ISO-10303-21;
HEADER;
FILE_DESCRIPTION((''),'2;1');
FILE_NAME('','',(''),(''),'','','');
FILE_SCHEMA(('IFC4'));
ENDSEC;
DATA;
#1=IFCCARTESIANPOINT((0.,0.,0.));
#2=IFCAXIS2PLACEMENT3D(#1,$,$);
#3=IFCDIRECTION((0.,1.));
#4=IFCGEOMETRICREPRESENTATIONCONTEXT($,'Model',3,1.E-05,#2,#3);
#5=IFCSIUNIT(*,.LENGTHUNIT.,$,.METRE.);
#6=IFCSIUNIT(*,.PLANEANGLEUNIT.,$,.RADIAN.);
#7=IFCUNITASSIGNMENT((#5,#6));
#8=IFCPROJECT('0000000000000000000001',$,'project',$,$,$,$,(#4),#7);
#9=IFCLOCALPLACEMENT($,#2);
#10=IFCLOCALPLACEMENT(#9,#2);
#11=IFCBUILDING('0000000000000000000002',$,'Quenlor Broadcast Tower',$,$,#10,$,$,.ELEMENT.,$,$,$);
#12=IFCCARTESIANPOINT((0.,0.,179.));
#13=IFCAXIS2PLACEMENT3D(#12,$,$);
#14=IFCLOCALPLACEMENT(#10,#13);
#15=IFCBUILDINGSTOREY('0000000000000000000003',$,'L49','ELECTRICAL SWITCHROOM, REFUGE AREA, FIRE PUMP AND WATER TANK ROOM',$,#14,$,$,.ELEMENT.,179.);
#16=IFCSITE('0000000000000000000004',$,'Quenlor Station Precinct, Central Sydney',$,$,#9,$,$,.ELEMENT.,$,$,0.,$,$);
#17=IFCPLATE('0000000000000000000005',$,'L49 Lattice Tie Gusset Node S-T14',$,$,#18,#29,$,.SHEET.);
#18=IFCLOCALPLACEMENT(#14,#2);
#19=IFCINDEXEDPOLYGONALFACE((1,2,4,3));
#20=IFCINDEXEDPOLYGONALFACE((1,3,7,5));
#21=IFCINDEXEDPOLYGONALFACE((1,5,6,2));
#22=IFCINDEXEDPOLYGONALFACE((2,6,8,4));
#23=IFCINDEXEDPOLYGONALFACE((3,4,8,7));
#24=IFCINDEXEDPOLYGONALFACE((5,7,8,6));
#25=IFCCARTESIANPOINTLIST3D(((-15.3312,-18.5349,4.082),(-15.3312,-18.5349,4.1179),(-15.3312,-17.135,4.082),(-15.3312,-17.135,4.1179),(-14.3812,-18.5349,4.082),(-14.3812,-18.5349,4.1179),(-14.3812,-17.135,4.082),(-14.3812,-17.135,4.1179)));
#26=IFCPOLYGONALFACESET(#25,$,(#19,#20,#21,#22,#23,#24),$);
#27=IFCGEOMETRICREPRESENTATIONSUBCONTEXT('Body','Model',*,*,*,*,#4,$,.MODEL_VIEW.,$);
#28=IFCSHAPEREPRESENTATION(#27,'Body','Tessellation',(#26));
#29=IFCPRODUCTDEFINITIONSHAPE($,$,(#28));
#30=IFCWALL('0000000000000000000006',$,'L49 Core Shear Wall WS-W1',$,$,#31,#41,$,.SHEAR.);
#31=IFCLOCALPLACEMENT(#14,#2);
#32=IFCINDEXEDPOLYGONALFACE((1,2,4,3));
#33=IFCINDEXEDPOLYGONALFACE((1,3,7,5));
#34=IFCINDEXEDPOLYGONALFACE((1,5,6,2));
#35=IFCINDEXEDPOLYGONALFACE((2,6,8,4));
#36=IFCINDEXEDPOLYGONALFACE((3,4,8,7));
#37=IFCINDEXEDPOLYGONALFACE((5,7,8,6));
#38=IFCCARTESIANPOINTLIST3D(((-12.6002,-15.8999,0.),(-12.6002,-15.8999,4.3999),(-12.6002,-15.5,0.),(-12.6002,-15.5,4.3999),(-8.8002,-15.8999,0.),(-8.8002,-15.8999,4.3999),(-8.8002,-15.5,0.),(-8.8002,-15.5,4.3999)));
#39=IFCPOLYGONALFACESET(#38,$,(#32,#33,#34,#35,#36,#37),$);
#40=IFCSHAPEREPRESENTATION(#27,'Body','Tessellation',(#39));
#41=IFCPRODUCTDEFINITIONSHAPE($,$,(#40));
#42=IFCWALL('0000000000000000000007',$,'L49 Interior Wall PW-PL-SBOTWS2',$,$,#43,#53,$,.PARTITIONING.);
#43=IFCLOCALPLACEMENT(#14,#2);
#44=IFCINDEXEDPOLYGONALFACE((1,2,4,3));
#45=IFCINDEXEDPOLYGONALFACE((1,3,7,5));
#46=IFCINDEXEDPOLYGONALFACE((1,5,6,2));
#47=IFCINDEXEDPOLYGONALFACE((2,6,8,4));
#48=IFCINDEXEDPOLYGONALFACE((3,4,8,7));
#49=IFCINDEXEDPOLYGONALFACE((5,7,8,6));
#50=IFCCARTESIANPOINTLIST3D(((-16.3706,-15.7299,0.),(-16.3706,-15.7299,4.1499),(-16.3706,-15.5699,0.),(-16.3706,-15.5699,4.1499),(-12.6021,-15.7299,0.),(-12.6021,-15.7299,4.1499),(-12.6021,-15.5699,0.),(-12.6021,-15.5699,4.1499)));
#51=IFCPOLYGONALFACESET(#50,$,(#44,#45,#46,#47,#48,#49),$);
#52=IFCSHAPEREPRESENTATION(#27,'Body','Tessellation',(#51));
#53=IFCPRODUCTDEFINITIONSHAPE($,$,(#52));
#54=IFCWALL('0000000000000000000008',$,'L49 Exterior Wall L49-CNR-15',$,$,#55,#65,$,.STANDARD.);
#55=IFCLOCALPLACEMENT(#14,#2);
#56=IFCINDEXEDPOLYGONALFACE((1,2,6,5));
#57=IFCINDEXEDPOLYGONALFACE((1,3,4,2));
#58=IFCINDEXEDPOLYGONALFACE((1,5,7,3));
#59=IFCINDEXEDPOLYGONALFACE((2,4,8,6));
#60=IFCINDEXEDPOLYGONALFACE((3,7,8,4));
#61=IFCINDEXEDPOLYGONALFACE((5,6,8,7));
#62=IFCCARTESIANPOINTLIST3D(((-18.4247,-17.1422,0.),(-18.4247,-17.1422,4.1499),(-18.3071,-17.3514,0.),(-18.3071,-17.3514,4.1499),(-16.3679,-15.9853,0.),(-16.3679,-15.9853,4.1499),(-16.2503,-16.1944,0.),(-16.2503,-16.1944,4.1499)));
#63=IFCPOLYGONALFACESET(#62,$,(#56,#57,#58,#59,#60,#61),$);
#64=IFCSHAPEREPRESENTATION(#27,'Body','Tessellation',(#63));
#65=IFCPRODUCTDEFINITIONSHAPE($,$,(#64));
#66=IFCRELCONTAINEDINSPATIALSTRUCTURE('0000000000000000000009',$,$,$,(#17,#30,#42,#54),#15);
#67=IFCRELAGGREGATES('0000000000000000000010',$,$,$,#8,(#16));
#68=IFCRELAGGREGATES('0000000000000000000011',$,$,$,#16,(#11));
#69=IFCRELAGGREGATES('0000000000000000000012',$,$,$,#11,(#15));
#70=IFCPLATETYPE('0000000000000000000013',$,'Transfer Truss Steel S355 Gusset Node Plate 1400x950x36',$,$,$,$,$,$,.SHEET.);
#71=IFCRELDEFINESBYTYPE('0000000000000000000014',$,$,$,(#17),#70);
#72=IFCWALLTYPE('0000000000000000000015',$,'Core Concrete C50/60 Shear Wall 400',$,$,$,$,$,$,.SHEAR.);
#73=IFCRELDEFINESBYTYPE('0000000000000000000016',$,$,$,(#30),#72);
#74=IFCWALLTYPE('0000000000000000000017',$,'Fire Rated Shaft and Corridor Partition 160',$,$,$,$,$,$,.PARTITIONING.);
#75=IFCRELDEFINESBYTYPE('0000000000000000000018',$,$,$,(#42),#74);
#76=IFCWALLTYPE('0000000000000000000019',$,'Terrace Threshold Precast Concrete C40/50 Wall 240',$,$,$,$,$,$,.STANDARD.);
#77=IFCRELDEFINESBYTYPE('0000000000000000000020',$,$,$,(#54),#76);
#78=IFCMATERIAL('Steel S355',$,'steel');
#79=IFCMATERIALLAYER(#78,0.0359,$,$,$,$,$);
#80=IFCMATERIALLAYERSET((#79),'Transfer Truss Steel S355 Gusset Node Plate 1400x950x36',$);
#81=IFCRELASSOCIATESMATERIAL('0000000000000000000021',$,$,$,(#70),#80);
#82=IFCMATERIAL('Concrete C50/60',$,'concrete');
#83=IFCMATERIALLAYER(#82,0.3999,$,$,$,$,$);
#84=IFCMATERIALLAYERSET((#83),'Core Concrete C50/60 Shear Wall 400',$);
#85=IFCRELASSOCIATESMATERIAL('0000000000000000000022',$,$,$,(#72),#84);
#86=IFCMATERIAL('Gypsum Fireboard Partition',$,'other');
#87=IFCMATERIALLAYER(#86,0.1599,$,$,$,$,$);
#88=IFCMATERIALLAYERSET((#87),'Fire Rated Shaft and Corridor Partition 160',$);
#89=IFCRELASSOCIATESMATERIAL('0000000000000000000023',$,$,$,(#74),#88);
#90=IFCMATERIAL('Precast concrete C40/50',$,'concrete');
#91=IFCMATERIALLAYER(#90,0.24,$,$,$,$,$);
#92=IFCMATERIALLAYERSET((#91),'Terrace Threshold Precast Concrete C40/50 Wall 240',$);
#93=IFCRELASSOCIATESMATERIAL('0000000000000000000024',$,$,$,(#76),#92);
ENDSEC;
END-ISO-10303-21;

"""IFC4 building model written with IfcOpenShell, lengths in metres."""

from ifc_helpers import new_model, si_unit, direction, frame, frame_2d, origin, origin_2d, place, context, subcontext, project, spatial, rectangle, extrude, material, layer, layer_set, type_object, element, save


model = new_model("IFC4")

# Units and contexts
model_context = context("Model", 3, precision=1e-05, world=origin(), true_north=direction((0.0, 1.0)))
body_context = subcontext(model_context, "Body", "Model", "MODEL_VIEW")
ifc_project = project(units=[si_unit("LENGTHUNIT", "METRE"), si_unit("PLANEANGLEUNIT", "RADIAN")], contexts=[model_context])

# Site, building, storey
site_placement = place(None, origin())
site = spatial("IfcSite", under=ifc_project, at=site_placement, Name="Quenlor Station Precinct, Central Sydney", CompositionType="ELEMENT", RefElevation=0.0)
building_placement = place(site_placement, origin())
building = spatial("IfcBuilding", under=site, at=building_placement, Name="Quenlor Broadcast Tower", CompositionType="ELEMENT")
storey_placement = place(building_placement, frame((0.0, 0.0, 179.0)))
storey = spatial("IfcBuildingStorey", under=building, at=storey_placement, Name="L49", Description="ELECTRICAL SWITCHROOM, REFUGE AREA, FIRE PUMP AND WATER TANK ROOM", CompositionType="ELEMENT", Elevation=179.0)

# Plate
ifc_material_1 = material(Name="Steel S355", Category="steel")
ifc_layer_1 = layer(ifc_material_1, 0.0359)
ifc_layer_set_1 = layer_set([ifc_layer_1], Name="Transfer Truss Steel S355 Gusset Node Plate 1400x950x36")
plate_type_1 = type_object("IfcPlateType", Name="Transfer Truss Steel S355 Gusset Node Plate 1400x950x36", PredefinedType="SHEET", material=ifc_layer_set_1)
plate_placement = place(storey_placement, frame((-14.8562, -17.835, 4.082), z_axis=(0.0, 0.0, 1.0), x_axis=(0.0, -1.0, 0.0)))
element("IfcPlate", 1, at=plate_placement, inside=storey, type_object=plate_type_1, Name="L49 Lattice Tie Gusset Node S-T14", PredefinedType="SHEET", context=body_context, shape_type="SweptSolid", body=[
    extrude(rectangle(XDim=1.3999, YDim=0.95, at=origin_2d()), origin(), (0.0, 0.0, 1.0), 0.0359),
])

# Walls
ifc_material_2 = material(Name="Concrete C50/60", Category="concrete")
ifc_layer_2 = layer(ifc_material_2, 0.3999)
ifc_layer_set_2 = layer_set([ifc_layer_2], Name="Core Concrete C50/60 Shear Wall 400")
wall_type_1 = type_object("IfcWallType", Name="Core Concrete C50/60 Shear Wall 400", PredefinedType="SHEAR", material=ifc_layer_set_2)
wall_1_placement = place(storey_placement, frame((-12.6001, -15.7, 0.0), z_axis=(0.0, 0.0, 1.0), x_axis=(1.0, 0.0, 0.0)))
element("IfcWall", 2, at=wall_1_placement, inside=storey, type_object=wall_type_1, Name="L49 Core Shear Wall WS-W1", PredefinedType="SHEAR", context=body_context, shape_type="SweptSolid", body=[
    extrude(rectangle(XDim=3.8, YDim=0.3999, at=frame_2d((1.8999, 0.0))), origin(), (0.0, 0.0, 1.0), 4.3999),
])
ifc_material_3 = material(Name="Gypsum Fireboard Partition", Category="other")
ifc_layer_3 = layer(ifc_material_3, 0.1599)
ifc_layer_set_3 = layer_set([ifc_layer_3], Name="Fire Rated Shaft and Corridor Partition 160")
wall_type_2 = type_object("IfcWallType", Name="Fire Rated Shaft and Corridor Partition 160", PredefinedType="PARTITIONING", material=ifc_layer_set_3)
wall_2_placement = place(storey_placement, frame((-16.3706, -15.6499, 0.0), z_axis=(0.0, 0.0, 1.0), x_axis=(1.0, 0.0, 0.0)))
element("IfcWall", 3, at=wall_2_placement, inside=storey, type_object=wall_type_2, Name="L49 Interior Wall PW-PL-SBOTWS2", PredefinedType="PARTITIONING", context=body_context, shape_type="SweptSolid", body=[
    extrude(rectangle(XDim=3.7686, YDim=0.1599, at=frame_2d((1.8843, 0.0))), origin(), (0.0, 0.0, 1.0), 4.1499),
])
ifc_material_4 = material(Name="Precast concrete C40/50", Category="concrete")
ifc_layer_4 = layer(ifc_material_4, 0.24)
ifc_layer_set_4 = layer_set([ifc_layer_4], Name="Terrace Threshold Precast Concrete C40/50 Wall 240")
wall_type_3 = type_object("IfcWallType", Name="Terrace Threshold Precast Concrete C40/50 Wall 240", PredefinedType="STANDARD", material=ifc_layer_set_4)
wall_3_placement = place(storey_placement, frame((-16.3091, -16.0898, 0.0), z_axis=(0.0, 0.0, 1.0), x_axis=(-0.871578, -0.490256, 0.0)))
element("IfcWall", 4, at=wall_3_placement, inside=storey, type_object=wall_type_3, Name="L49 Exterior Wall L49-CNR-15", PredefinedType="STANDARD", context=body_context, shape_type="SweptSolid", body=[
    extrude(rectangle(XDim=2.3599, YDim=0.24, at=frame_2d((1.1799, 0.0))), origin(), (0.0, 0.0, 1.0), 4.1499),
])

save(model, "model.ifc")
